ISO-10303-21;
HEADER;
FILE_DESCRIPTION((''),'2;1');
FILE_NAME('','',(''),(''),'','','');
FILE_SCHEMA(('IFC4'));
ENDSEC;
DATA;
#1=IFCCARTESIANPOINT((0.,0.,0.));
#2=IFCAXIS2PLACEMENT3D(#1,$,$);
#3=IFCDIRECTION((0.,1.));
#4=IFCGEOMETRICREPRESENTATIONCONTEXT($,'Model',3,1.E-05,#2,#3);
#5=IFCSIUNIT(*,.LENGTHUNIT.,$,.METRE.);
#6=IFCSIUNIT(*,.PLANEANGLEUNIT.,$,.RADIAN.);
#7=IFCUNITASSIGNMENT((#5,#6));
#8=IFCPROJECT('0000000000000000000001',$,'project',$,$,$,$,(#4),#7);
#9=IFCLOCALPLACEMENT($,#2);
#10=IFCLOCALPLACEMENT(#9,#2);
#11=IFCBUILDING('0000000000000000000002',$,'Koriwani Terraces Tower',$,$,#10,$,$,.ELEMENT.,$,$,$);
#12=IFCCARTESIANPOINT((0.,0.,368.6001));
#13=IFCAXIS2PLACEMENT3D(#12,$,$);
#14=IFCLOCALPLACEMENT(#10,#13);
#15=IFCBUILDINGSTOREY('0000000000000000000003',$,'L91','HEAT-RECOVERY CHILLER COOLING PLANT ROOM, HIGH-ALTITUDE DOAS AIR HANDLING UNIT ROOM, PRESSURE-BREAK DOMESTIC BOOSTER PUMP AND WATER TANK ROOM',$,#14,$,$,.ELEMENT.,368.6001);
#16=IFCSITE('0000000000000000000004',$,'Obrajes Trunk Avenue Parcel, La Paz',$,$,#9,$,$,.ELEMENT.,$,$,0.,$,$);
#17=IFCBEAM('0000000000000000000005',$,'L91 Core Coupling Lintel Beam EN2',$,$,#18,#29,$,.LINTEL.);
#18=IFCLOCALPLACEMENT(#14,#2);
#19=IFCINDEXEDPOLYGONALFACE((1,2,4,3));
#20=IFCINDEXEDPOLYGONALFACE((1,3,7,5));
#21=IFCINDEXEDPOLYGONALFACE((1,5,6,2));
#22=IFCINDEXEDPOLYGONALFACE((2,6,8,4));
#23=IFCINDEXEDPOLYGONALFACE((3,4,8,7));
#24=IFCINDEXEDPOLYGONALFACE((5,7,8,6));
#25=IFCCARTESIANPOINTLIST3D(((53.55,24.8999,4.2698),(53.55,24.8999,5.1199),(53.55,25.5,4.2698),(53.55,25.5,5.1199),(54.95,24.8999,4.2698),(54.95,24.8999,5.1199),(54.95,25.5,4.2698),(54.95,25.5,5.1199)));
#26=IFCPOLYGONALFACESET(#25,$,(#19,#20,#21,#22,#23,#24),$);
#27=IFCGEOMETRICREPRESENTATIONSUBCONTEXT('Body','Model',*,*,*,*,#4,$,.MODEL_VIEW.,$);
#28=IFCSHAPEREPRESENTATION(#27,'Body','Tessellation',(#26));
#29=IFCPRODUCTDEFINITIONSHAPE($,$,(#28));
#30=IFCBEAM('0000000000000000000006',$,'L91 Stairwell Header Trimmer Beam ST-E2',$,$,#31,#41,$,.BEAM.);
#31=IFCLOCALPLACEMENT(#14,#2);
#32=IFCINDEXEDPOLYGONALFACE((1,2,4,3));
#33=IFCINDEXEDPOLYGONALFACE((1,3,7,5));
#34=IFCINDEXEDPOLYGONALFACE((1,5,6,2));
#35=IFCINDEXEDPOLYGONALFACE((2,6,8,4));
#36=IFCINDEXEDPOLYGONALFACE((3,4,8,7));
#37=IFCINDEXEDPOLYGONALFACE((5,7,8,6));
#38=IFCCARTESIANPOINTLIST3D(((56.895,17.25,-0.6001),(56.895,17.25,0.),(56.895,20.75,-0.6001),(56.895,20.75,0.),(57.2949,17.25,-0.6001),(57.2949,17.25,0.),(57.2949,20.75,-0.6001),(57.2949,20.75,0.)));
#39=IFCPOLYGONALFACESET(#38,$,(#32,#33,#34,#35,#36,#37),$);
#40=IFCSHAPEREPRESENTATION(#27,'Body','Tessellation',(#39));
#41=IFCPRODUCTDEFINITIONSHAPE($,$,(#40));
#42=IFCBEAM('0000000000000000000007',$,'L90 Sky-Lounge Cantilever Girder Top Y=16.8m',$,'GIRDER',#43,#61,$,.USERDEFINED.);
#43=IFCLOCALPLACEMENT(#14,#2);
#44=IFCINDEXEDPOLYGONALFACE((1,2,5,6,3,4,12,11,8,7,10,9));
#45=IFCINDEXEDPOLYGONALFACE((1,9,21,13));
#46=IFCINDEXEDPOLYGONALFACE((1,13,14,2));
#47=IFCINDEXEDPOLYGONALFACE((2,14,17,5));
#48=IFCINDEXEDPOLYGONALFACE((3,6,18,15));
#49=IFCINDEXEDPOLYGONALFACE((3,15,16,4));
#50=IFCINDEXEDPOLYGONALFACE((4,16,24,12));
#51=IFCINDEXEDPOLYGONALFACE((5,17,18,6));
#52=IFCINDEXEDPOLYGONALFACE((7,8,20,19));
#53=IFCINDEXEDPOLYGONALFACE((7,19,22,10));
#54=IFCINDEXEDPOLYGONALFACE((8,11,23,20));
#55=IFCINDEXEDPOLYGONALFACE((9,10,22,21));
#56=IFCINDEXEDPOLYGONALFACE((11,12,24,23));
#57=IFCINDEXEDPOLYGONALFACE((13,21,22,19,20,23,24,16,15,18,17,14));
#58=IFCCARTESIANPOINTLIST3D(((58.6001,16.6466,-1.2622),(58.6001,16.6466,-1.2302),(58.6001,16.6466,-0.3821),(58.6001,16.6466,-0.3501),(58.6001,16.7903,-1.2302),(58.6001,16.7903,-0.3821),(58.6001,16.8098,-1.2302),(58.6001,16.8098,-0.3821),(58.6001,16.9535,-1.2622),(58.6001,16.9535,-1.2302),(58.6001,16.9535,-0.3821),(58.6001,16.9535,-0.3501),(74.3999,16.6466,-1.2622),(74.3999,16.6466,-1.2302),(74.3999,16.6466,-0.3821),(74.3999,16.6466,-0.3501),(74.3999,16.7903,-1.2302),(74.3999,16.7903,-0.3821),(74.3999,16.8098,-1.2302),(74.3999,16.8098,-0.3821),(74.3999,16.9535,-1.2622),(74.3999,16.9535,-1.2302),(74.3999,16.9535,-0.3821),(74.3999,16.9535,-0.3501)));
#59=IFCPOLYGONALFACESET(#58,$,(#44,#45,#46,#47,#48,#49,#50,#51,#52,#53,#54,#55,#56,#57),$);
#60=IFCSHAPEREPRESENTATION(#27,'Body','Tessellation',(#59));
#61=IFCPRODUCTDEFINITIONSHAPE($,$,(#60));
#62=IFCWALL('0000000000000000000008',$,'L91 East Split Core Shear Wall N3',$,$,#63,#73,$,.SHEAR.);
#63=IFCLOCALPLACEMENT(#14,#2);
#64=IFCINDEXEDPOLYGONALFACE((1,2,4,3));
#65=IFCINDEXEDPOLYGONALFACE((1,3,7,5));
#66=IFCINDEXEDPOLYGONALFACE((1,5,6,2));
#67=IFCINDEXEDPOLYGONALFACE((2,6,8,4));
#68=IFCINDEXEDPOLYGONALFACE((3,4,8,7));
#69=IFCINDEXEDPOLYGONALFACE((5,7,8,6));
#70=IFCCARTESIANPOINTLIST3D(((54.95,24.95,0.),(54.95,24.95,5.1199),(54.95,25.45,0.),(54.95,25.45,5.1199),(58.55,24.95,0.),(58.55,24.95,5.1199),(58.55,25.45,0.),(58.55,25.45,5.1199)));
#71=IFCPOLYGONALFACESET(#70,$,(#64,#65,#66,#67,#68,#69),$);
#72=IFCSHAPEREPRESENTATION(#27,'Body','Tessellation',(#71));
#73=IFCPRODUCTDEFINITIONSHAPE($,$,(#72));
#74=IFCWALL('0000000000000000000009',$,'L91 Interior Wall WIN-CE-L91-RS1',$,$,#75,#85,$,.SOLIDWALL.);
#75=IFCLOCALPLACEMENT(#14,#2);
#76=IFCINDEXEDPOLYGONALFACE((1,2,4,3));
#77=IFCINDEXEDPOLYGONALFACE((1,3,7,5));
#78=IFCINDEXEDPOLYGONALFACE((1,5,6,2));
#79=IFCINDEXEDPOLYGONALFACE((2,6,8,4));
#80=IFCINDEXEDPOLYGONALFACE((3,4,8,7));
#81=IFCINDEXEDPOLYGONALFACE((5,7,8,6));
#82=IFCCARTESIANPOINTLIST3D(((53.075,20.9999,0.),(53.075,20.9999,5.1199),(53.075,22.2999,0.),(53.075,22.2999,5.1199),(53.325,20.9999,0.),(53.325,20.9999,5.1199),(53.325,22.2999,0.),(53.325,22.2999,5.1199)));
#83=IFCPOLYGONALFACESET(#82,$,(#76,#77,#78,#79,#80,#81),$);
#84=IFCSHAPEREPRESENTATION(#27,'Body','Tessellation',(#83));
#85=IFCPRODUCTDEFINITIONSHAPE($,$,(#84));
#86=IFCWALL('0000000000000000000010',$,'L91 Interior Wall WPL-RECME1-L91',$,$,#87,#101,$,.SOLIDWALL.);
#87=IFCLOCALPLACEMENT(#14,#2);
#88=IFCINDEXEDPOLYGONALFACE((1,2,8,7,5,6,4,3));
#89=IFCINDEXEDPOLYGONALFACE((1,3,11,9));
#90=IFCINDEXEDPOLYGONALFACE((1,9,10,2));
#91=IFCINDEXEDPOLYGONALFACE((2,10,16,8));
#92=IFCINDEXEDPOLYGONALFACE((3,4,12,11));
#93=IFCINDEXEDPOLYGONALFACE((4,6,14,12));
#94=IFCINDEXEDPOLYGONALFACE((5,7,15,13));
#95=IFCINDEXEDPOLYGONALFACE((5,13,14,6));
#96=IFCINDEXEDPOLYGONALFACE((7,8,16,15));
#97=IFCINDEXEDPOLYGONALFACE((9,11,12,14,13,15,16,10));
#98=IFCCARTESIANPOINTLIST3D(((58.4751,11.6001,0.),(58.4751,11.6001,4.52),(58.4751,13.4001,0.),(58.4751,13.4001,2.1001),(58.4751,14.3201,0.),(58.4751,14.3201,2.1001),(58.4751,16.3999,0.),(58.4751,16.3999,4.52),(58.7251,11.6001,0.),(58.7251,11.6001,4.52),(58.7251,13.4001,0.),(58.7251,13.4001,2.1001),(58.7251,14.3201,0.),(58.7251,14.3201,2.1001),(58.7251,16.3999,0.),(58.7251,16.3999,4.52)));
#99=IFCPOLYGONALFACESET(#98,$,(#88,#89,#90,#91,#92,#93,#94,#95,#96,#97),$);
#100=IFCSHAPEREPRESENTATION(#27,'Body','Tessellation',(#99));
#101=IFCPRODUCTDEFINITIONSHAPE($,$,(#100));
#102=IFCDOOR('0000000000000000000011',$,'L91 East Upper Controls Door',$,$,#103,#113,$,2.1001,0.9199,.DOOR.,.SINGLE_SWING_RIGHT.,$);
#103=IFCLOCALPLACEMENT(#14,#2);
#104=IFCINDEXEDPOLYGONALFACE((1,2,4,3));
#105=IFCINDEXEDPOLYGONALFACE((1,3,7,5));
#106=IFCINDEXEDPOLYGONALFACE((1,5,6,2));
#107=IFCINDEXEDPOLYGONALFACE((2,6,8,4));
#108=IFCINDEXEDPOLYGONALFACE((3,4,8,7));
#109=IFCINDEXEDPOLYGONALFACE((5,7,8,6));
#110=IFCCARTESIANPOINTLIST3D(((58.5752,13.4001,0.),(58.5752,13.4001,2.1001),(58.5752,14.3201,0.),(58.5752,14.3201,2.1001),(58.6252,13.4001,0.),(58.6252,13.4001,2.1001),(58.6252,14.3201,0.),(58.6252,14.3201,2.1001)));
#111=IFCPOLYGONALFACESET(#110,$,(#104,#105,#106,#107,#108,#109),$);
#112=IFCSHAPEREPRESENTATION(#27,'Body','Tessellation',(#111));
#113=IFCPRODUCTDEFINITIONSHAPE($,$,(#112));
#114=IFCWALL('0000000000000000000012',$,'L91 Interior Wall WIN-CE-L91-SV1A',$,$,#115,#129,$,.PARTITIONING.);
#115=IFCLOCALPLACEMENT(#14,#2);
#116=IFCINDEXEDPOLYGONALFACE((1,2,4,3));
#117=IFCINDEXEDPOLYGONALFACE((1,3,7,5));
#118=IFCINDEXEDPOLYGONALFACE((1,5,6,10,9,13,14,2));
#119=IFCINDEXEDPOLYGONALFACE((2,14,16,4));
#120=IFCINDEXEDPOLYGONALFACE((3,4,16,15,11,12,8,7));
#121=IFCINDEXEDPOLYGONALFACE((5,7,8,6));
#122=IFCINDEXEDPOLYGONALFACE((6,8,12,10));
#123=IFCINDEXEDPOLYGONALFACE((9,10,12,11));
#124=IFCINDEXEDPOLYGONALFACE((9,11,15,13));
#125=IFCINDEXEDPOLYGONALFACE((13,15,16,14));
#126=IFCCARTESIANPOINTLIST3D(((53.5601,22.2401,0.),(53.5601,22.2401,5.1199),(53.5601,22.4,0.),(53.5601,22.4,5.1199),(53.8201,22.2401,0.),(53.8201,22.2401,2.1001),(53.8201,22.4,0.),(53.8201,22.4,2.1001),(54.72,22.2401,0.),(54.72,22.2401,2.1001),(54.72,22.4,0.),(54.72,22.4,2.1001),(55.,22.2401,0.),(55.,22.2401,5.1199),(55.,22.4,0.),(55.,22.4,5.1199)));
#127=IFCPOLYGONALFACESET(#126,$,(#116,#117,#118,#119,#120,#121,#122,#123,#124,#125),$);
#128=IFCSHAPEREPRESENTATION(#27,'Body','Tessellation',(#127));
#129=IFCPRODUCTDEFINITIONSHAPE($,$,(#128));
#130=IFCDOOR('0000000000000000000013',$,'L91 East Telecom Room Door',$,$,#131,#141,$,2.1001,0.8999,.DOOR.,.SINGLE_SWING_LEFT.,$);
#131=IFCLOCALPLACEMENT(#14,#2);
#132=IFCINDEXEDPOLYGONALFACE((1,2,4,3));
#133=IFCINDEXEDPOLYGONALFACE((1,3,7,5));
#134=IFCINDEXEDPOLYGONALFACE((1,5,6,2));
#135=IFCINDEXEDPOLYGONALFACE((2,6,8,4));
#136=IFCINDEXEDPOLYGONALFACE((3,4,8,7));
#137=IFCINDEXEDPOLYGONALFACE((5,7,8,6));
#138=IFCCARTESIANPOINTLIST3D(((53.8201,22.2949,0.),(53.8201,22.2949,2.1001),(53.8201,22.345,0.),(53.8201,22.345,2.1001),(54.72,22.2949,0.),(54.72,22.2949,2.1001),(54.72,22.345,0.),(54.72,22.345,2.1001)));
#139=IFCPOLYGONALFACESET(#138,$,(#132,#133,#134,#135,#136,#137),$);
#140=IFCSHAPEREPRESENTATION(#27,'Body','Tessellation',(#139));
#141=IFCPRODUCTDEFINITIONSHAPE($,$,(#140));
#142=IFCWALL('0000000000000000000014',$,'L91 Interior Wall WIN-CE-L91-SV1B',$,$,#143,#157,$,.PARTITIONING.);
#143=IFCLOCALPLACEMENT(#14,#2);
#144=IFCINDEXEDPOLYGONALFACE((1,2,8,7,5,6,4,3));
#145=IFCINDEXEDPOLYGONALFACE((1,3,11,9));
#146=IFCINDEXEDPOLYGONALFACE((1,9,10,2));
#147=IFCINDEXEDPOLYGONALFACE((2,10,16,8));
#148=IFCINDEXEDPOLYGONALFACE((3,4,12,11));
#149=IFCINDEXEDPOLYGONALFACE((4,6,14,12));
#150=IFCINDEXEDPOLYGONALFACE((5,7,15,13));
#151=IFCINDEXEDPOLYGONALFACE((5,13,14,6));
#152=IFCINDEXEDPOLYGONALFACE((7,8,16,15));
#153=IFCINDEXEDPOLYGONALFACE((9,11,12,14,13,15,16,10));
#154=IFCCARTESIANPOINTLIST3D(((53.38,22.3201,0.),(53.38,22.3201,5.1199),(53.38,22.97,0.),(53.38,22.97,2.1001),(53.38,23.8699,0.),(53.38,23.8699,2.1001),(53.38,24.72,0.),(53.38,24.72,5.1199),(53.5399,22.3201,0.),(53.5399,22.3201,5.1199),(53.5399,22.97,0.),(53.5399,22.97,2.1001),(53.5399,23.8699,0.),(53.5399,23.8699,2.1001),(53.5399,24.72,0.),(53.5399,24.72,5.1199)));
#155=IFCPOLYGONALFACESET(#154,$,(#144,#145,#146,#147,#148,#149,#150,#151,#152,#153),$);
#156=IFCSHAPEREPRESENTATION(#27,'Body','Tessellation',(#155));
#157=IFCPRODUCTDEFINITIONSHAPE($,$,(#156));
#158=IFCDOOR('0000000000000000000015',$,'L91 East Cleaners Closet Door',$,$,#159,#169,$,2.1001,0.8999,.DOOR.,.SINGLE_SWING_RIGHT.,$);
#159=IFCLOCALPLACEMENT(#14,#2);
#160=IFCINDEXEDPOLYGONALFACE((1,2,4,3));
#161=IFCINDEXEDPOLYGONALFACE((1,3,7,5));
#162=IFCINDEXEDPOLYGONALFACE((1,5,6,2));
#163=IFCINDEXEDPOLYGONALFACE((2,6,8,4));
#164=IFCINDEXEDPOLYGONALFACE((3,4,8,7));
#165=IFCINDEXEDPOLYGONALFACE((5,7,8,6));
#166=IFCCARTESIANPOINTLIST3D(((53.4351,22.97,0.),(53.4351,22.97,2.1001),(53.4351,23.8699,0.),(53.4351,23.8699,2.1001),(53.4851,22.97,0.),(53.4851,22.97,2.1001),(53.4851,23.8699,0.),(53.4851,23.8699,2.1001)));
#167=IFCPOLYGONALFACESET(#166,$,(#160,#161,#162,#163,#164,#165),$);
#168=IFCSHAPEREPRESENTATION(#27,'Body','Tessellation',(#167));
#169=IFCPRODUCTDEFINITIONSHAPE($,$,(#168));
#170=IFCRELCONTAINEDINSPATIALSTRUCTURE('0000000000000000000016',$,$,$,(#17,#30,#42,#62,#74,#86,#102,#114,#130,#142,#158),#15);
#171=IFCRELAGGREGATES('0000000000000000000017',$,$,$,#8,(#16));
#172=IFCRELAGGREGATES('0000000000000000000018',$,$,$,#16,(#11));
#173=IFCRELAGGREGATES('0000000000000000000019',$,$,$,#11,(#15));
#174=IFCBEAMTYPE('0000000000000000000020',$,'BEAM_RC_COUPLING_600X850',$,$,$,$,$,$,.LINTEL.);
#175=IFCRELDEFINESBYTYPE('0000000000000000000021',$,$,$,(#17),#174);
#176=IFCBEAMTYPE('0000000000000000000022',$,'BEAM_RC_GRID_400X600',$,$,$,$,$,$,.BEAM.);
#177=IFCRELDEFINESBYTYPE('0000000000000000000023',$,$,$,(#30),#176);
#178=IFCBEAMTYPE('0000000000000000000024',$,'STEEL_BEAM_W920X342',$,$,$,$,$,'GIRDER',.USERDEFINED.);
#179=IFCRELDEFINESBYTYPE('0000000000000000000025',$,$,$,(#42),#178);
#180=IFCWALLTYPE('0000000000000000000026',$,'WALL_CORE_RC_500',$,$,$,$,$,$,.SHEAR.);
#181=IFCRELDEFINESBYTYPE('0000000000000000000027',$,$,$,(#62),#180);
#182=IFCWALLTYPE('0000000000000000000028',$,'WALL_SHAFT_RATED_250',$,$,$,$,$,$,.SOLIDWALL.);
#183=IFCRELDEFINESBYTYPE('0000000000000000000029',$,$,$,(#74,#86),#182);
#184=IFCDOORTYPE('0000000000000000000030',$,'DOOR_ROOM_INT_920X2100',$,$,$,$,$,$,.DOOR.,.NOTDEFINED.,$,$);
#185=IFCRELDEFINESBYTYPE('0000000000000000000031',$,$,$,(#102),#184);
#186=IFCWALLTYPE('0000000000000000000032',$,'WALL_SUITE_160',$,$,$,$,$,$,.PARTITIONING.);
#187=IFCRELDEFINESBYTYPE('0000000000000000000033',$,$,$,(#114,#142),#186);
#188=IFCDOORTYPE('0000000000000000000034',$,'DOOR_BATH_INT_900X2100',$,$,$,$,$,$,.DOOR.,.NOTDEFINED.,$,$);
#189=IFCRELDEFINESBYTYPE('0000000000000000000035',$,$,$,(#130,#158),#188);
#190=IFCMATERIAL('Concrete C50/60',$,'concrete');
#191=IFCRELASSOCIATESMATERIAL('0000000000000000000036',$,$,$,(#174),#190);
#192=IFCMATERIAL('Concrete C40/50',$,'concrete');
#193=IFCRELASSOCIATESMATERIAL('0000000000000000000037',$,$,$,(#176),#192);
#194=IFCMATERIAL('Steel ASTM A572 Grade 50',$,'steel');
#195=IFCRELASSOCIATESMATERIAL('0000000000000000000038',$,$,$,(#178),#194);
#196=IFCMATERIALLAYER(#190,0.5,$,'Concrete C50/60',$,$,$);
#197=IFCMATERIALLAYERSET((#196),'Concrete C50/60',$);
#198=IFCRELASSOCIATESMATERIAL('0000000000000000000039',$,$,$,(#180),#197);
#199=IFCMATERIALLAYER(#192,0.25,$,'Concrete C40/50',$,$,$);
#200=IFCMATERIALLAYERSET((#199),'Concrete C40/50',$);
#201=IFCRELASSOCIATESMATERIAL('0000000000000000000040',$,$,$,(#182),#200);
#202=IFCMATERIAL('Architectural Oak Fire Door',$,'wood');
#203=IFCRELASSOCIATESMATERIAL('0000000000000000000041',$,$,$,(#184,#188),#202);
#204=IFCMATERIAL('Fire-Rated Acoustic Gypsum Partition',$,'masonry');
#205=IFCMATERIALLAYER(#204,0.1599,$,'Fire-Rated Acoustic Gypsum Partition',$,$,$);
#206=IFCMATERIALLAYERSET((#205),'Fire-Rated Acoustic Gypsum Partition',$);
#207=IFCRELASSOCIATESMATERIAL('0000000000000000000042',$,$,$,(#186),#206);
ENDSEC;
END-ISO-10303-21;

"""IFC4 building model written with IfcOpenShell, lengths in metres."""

from ifc_helpers import new_model, si_unit, direction, frame, frame_2d, origin, origin_2d, place, context, subcontext, project, spatial, rectangle, i_section, extrude, material, layer, layer_set, material_profile, profile_set, type_object, element, fill, save


model = new_model("IFC4")

# Units and contexts
model_context = context("Model", 3, precision=1e-05, world=origin(), true_north=direction((0.0, 1.0)))
body_context = subcontext(model_context, "Body", "Model", "MODEL_VIEW")
ifc_project = project(units=[si_unit("LENGTHUNIT", "METRE"), si_unit("PLANEANGLEUNIT", "RADIAN")], contexts=[model_context])

# Site, building, storey
site_placement = place(None, origin())
site = spatial("IfcSite", under=ifc_project, at=site_placement, Name="Obrajes Trunk Avenue Parcel, La Paz", CompositionType="ELEMENT", RefElevation=0.0)
building_placement = place(site_placement, origin())
building = spatial("IfcBuilding", under=site, at=building_placement, Name="Koriwani Terraces Tower", CompositionType="ELEMENT")
storey_placement = place(building_placement, frame((0.0, 0.0, 368.6001)))
storey = spatial("IfcBuildingStorey", under=building, at=storey_placement, Name="L91", Description="HEAT-RECOVERY CHILLER COOLING PLANT ROOM, HIGH-ALTITUDE DOAS AIR HANDLING UNIT ROOM, PRESSURE-BREAK DOMESTIC BOOSTER PUMP AND WATER TANK ROOM", CompositionType="ELEMENT", Elevation=368.6001)

# Beams
ifc_material_1 = material(Name="Concrete C50/60", Category="concrete")
ifc_material_profile_1 = material_profile(ifc_material_1, rectangle(XDim=0.6001, YDim=0.8501, at=origin_2d()), Name="Concrete C50/60", Category="LoadBearing")
ifc_profile_set_1 = profile_set([ifc_material_profile_1], Name="Concrete C50/60")
beam_type_1 = type_object("IfcBeamType", Name="BEAM_RC_COUPLING_600X850", PredefinedType="LINTEL", material=ifc_profile_set_1)
beam_1_placement = place(storey_placement, frame((53.55, 25.2, 4.6948), z_axis=(1.0, 0.0, 0.0), x_axis=(0.0, 1.0, 0.0)))
element("IfcBeam", 1, at=beam_1_placement, inside=storey, type_object=beam_type_1, Name="L91 Core Coupling Lintel Beam EN2", PredefinedType="LINTEL", context=body_context, shape_type="SweptSolid", body=[
    extrude(rectangle(XDim=0.6001, YDim=0.8501, at=origin_2d()), origin(), (0.0, 0.0, 1.0), 1.3999),
])
ifc_material_2 = material(Name="Concrete C40/50", Category="concrete")
ifc_material_profile_2 = material_profile(ifc_material_2, rectangle(XDim=0.3999, YDim=0.6001, at=origin_2d()), Name="Concrete C40/50", Category="LoadBearing")
ifc_profile_set_2 = profile_set([ifc_material_profile_2], Name="Concrete C40/50")
beam_type_2 = type_object("IfcBeamType", Name="BEAM_RC_GRID_400X600", PredefinedType="BEAM", material=ifc_profile_set_2)
beam_2_placement = place(storey_placement, frame((57.095, 17.25, -0.3), z_axis=(0.0, 1.0, 0.0), x_axis=(-1.0, 0.0, 0.0)))
element("IfcBeam", 2, at=beam_2_placement, inside=storey, type_object=beam_type_2, Name="L91 Stairwell Header Trimmer Beam ST-E2", PredefinedType="BEAM", context=body_context, shape_type="SweptSolid", body=[
    extrude(rectangle(XDim=0.3999, YDim=0.6001, at=origin_2d()), origin(), (0.0, 0.0, 1.0), 3.5),
])
ifc_material_3 = material(Name="Steel ASTM A572 Grade 50", Category="steel")
ifc_material_profile_3 = material_profile(ifc_material_3, i_section(OverallWidth=0.3069, OverallDepth=0.9121, WebThickness=0.0195, FlangeThickness=0.032, at=origin_2d()), Name="Steel ASTM A572 Grade 50", Category="LoadBearing")
ifc_profile_set_3 = profile_set([ifc_material_profile_3], Name="Steel ASTM A572 Grade 50")
beam_type_3 = type_object("IfcBeamType", Name="STEEL_BEAM_W920X342", ElementType="GIRDER", PredefinedType="USERDEFINED", material=ifc_profile_set_3)
beam_3_placement = place(storey_placement, frame((58.6001, 16.8, -0.8062), z_axis=(1.0, 0.0, 0.0), x_axis=(0.0, 1.0, 0.0)))
element("IfcBeam", 3, at=beam_3_placement, inside=storey, type_object=beam_type_3, Name="L90 Sky-Lounge Cantilever Girder Top Y=16.8m", ObjectType="GIRDER", PredefinedType="USERDEFINED", context=body_context, shape_type="SweptSolid", body=[
    extrude(i_section(OverallWidth=0.3069, OverallDepth=0.9121, WebThickness=0.0195, FlangeThickness=0.032, at=origin_2d()), origin(), (0.0, 0.0, 1.0), 15.7998),
])

# Wall
ifc_layer_1 = layer(ifc_material_1, 0.5, Name="Concrete C50/60")
ifc_layer_set_1 = layer_set([ifc_layer_1], Name="Concrete C50/60")
wall_type_1 = type_object("IfcWallType", Name="WALL_CORE_RC_500", PredefinedType="SHEAR", material=ifc_layer_set_1)
wall_1_placement = place(storey_placement, frame((54.95, 25.2, 0.0), z_axis=(0.0, 0.0, 1.0), x_axis=(1.0, 0.0, 0.0)))
element("IfcWall", 4, at=wall_1_placement, inside=storey, type_object=wall_type_1, Name="L91 East Split Core Shear Wall N3", PredefinedType="SHEAR", context=body_context, shape_type="SweptSolid", body=[
    extrude(rectangle(XDim=3.6001, YDim=0.5, at=frame_2d((1.8, 0.0))), origin(), (0.0, 0.0, 1.0), 5.1199),
])

# Shared definitions
ifc_layer_2 = layer(ifc_material_2, 0.25, Name="Concrete C40/50")
ifc_layer_set_2 = layer_set([ifc_layer_2], Name="Concrete C40/50")
wall_type_2 = type_object("IfcWallType", Name="WALL_SHAFT_RATED_250", PredefinedType="SOLIDWALL", material=ifc_layer_set_2)

# Wall
wall_2_placement = place(storey_placement, frame((53.2, 21.0, 0.0), z_axis=(0.0, 0.0, 1.0), x_axis=(0.0, 1.0, 0.0)))
element("IfcWall", 5, at=wall_2_placement, inside=storey, type_object=wall_type_2, Name="L91 Interior Wall WIN-CE-L91-RS1", PredefinedType="SOLIDWALL", context=body_context, shape_type="SweptSolid", body=[
    extrude(rectangle(XDim=1.3, YDim=0.25, at=frame_2d((0.6499, 0.0))), origin(), (0.0, 0.0, 1.0), 5.1199),
])

# Walls, openings, doors
wall_3_placement = place(storey_placement, frame((58.6001, 11.6001, 0.0), z_axis=(0.0, 0.0, 1.0), x_axis=(0.0, 1.0, 0.0)))
wall_3 = element("IfcWall", 6, at=wall_3_placement, inside=storey, type_object=wall_type_2, Name="L91 Interior Wall WPL-RECME1-L91", PredefinedType="SOLIDWALL", context=body_context, shape_type="SweptSolid", body=[
    extrude(rectangle(XDim=4.7998, YDim=0.25, at=frame_2d((2.3999, 0.0))), origin(), (0.0, 0.0, 1.0), 4.52),
])
opening_1_placement = place(wall_3_placement, frame((1.8, 0.0, 0.0)))
opening_1 = element("IfcOpeningElement", 7, at=opening_1_placement, cuts=wall_3, PredefinedType="OPENING", context=body_context, shape_type="SweptSolid", body=[
    extrude(rectangle(XDim=0.9199, YDim=2.1001, at=frame_2d((0.46, 1.05))), frame((0.0, 0.135, 0.0), z_axis=(0.0, -1.0, 0.0), x_axis=(1.0, 0.0, 0.0)), (0.0, 0.0, 1.0), 0.27),
])
ifc_material_4 = material(Name="Architectural Oak Fire Door", Category="wood")
door_type_1 = type_object("IfcDoorType", Name="DOOR_ROOM_INT_920X2100", OperationType="NOTDEFINED", PredefinedType="DOOR", material=ifc_material_4)
door_1_placement = place(opening_1_placement, origin())
door_1 = element("IfcDoor", 8, at=door_1_placement, inside=storey, type_object=door_type_1, Name="L91 East Upper Controls Door", OperationType="SINGLE_SWING_RIGHT", OverallHeight=2.1001, OverallWidth=0.9199, PredefinedType="DOOR", context=body_context, shape_type="SweptSolid", body=[
    extrude(rectangle(XDim=0.9199, YDim=2.1001, at=frame_2d((0.46, 1.05))), frame((0.0, 0.0249, 0.0), z_axis=(0.0, -1.0, 0.0), x_axis=(1.0, 0.0, 0.0)), (0.0, 0.0, 1.0), 0.05),
])
fill(opening_1, door_1)
ifc_material_5 = material(Name="Fire-Rated Acoustic Gypsum Partition", Category="masonry")
ifc_layer_3 = layer(ifc_material_5, 0.1599, Name="Fire-Rated Acoustic Gypsum Partition")
ifc_layer_set_3 = layer_set([ifc_layer_3], Name="Fire-Rated Acoustic Gypsum Partition")
wall_type_3 = type_object("IfcWallType", Name="WALL_SUITE_160", PredefinedType="PARTITIONING", material=ifc_layer_set_3)
wall_4_placement = place(storey_placement, frame((53.5601, 22.3201, 0.0), z_axis=(0.0, 0.0, 1.0), x_axis=(1.0, 0.0, 0.0)))
wall_4 = element("IfcWall", 9, at=wall_4_placement, inside=storey, type_object=wall_type_3, Name="L91 Interior Wall WIN-CE-L91-SV1A", PredefinedType="PARTITIONING", context=body_context, shape_type="SweptSolid", body=[
    extrude(rectangle(XDim=1.4399, YDim=0.1599, at=frame_2d((0.72, 0.0))), origin(), (0.0, 0.0, 1.0), 5.1199),
])
opening_2_placement = place(wall_4_placement, frame((0.26, 0.0, 0.0)))
opening_2 = element("IfcOpeningElement", 10, at=opening_2_placement, cuts=wall_4, PredefinedType="OPENING", context=body_context, shape_type="SweptSolid", body=[
    extrude(rectangle(XDim=0.8999, YDim=2.1001, at=frame_2d((0.45, 1.05))), frame((0.0, 0.0898, 0.0), z_axis=(0.0, -1.0, 0.0), x_axis=(1.0, 0.0, 0.0)), (0.0, 0.0, 1.0), 0.1799),
])
door_type_2 = type_object("IfcDoorType", Name="DOOR_BATH_INT_900X2100", OperationType="NOTDEFINED", PredefinedType="DOOR", material=ifc_material_4)
door_2_placement = place(opening_2_placement, origin())
door_2 = element("IfcDoor", 11, at=door_2_placement, inside=storey, type_object=door_type_2, Name="L91 East Telecom Room Door", OperationType="SINGLE_SWING_LEFT", OverallHeight=2.1001, OverallWidth=0.8999, PredefinedType="DOOR", context=body_context, shape_type="SweptSolid", body=[
    extrude(rectangle(XDim=0.8999, YDim=2.1001, at=frame_2d((0.45, 1.05))), frame((0.0, 0.0249, 0.0), z_axis=(0.0, -1.0, 0.0), x_axis=(1.0, 0.0, 0.0)), (0.0, 0.0, 1.0), 0.05),
])
fill(opening_2, door_2)
wall_5_placement = place(storey_placement, frame((53.46, 22.3201, 0.0), z_axis=(0.0, 0.0, 1.0), x_axis=(0.0, 1.0, 0.0)))
wall_5 = element("IfcWall", 12, at=wall_5_placement, inside=storey, type_object=wall_type_3, Name="L91 Interior Wall WIN-CE-L91-SV1B", PredefinedType="PARTITIONING", context=body_context, shape_type="SweptSolid", body=[
    extrude(rectangle(XDim=2.3999, YDim=0.1599, at=frame_2d((1.2, 0.0))), origin(), (0.0, 0.0, 1.0), 5.1199),
])
opening_3_placement = place(wall_5_placement, frame((0.6499, 0.0, 0.0)))
opening_3 = element("IfcOpeningElement", 13, at=opening_3_placement, cuts=wall_5, PredefinedType="OPENING", context=body_context, shape_type="SweptSolid", body=[
    extrude(rectangle(XDim=0.8999, YDim=2.1001, at=frame_2d((0.45, 1.05))), frame((0.0, 0.0898, 0.0), z_axis=(0.0, -1.0, 0.0), x_axis=(1.0, 0.0, 0.0)), (0.0, 0.0, 1.0), 0.1799),
])
door_3_placement = place(opening_3_placement, origin())
door_3 = element("IfcDoor", 14, at=door_3_placement, inside=storey, type_object=door_type_2, Name="L91 East Cleaners Closet Door", OperationType="SINGLE_SWING_RIGHT", OverallHeight=2.1001, OverallWidth=0.8999, PredefinedType="DOOR", context=body_context, shape_type="SweptSolid", body=[
    extrude(rectangle(XDim=0.8999, YDim=2.1001, at=frame_2d((0.45, 1.05))), frame((0.0, 0.0249, 0.0), z_axis=(0.0, -1.0, 0.0), x_axis=(1.0, 0.0, 0.0)), (0.0, 0.0, 1.0), 0.05),
])
fill(opening_3, door_3)

save(model, "model.ifc")
